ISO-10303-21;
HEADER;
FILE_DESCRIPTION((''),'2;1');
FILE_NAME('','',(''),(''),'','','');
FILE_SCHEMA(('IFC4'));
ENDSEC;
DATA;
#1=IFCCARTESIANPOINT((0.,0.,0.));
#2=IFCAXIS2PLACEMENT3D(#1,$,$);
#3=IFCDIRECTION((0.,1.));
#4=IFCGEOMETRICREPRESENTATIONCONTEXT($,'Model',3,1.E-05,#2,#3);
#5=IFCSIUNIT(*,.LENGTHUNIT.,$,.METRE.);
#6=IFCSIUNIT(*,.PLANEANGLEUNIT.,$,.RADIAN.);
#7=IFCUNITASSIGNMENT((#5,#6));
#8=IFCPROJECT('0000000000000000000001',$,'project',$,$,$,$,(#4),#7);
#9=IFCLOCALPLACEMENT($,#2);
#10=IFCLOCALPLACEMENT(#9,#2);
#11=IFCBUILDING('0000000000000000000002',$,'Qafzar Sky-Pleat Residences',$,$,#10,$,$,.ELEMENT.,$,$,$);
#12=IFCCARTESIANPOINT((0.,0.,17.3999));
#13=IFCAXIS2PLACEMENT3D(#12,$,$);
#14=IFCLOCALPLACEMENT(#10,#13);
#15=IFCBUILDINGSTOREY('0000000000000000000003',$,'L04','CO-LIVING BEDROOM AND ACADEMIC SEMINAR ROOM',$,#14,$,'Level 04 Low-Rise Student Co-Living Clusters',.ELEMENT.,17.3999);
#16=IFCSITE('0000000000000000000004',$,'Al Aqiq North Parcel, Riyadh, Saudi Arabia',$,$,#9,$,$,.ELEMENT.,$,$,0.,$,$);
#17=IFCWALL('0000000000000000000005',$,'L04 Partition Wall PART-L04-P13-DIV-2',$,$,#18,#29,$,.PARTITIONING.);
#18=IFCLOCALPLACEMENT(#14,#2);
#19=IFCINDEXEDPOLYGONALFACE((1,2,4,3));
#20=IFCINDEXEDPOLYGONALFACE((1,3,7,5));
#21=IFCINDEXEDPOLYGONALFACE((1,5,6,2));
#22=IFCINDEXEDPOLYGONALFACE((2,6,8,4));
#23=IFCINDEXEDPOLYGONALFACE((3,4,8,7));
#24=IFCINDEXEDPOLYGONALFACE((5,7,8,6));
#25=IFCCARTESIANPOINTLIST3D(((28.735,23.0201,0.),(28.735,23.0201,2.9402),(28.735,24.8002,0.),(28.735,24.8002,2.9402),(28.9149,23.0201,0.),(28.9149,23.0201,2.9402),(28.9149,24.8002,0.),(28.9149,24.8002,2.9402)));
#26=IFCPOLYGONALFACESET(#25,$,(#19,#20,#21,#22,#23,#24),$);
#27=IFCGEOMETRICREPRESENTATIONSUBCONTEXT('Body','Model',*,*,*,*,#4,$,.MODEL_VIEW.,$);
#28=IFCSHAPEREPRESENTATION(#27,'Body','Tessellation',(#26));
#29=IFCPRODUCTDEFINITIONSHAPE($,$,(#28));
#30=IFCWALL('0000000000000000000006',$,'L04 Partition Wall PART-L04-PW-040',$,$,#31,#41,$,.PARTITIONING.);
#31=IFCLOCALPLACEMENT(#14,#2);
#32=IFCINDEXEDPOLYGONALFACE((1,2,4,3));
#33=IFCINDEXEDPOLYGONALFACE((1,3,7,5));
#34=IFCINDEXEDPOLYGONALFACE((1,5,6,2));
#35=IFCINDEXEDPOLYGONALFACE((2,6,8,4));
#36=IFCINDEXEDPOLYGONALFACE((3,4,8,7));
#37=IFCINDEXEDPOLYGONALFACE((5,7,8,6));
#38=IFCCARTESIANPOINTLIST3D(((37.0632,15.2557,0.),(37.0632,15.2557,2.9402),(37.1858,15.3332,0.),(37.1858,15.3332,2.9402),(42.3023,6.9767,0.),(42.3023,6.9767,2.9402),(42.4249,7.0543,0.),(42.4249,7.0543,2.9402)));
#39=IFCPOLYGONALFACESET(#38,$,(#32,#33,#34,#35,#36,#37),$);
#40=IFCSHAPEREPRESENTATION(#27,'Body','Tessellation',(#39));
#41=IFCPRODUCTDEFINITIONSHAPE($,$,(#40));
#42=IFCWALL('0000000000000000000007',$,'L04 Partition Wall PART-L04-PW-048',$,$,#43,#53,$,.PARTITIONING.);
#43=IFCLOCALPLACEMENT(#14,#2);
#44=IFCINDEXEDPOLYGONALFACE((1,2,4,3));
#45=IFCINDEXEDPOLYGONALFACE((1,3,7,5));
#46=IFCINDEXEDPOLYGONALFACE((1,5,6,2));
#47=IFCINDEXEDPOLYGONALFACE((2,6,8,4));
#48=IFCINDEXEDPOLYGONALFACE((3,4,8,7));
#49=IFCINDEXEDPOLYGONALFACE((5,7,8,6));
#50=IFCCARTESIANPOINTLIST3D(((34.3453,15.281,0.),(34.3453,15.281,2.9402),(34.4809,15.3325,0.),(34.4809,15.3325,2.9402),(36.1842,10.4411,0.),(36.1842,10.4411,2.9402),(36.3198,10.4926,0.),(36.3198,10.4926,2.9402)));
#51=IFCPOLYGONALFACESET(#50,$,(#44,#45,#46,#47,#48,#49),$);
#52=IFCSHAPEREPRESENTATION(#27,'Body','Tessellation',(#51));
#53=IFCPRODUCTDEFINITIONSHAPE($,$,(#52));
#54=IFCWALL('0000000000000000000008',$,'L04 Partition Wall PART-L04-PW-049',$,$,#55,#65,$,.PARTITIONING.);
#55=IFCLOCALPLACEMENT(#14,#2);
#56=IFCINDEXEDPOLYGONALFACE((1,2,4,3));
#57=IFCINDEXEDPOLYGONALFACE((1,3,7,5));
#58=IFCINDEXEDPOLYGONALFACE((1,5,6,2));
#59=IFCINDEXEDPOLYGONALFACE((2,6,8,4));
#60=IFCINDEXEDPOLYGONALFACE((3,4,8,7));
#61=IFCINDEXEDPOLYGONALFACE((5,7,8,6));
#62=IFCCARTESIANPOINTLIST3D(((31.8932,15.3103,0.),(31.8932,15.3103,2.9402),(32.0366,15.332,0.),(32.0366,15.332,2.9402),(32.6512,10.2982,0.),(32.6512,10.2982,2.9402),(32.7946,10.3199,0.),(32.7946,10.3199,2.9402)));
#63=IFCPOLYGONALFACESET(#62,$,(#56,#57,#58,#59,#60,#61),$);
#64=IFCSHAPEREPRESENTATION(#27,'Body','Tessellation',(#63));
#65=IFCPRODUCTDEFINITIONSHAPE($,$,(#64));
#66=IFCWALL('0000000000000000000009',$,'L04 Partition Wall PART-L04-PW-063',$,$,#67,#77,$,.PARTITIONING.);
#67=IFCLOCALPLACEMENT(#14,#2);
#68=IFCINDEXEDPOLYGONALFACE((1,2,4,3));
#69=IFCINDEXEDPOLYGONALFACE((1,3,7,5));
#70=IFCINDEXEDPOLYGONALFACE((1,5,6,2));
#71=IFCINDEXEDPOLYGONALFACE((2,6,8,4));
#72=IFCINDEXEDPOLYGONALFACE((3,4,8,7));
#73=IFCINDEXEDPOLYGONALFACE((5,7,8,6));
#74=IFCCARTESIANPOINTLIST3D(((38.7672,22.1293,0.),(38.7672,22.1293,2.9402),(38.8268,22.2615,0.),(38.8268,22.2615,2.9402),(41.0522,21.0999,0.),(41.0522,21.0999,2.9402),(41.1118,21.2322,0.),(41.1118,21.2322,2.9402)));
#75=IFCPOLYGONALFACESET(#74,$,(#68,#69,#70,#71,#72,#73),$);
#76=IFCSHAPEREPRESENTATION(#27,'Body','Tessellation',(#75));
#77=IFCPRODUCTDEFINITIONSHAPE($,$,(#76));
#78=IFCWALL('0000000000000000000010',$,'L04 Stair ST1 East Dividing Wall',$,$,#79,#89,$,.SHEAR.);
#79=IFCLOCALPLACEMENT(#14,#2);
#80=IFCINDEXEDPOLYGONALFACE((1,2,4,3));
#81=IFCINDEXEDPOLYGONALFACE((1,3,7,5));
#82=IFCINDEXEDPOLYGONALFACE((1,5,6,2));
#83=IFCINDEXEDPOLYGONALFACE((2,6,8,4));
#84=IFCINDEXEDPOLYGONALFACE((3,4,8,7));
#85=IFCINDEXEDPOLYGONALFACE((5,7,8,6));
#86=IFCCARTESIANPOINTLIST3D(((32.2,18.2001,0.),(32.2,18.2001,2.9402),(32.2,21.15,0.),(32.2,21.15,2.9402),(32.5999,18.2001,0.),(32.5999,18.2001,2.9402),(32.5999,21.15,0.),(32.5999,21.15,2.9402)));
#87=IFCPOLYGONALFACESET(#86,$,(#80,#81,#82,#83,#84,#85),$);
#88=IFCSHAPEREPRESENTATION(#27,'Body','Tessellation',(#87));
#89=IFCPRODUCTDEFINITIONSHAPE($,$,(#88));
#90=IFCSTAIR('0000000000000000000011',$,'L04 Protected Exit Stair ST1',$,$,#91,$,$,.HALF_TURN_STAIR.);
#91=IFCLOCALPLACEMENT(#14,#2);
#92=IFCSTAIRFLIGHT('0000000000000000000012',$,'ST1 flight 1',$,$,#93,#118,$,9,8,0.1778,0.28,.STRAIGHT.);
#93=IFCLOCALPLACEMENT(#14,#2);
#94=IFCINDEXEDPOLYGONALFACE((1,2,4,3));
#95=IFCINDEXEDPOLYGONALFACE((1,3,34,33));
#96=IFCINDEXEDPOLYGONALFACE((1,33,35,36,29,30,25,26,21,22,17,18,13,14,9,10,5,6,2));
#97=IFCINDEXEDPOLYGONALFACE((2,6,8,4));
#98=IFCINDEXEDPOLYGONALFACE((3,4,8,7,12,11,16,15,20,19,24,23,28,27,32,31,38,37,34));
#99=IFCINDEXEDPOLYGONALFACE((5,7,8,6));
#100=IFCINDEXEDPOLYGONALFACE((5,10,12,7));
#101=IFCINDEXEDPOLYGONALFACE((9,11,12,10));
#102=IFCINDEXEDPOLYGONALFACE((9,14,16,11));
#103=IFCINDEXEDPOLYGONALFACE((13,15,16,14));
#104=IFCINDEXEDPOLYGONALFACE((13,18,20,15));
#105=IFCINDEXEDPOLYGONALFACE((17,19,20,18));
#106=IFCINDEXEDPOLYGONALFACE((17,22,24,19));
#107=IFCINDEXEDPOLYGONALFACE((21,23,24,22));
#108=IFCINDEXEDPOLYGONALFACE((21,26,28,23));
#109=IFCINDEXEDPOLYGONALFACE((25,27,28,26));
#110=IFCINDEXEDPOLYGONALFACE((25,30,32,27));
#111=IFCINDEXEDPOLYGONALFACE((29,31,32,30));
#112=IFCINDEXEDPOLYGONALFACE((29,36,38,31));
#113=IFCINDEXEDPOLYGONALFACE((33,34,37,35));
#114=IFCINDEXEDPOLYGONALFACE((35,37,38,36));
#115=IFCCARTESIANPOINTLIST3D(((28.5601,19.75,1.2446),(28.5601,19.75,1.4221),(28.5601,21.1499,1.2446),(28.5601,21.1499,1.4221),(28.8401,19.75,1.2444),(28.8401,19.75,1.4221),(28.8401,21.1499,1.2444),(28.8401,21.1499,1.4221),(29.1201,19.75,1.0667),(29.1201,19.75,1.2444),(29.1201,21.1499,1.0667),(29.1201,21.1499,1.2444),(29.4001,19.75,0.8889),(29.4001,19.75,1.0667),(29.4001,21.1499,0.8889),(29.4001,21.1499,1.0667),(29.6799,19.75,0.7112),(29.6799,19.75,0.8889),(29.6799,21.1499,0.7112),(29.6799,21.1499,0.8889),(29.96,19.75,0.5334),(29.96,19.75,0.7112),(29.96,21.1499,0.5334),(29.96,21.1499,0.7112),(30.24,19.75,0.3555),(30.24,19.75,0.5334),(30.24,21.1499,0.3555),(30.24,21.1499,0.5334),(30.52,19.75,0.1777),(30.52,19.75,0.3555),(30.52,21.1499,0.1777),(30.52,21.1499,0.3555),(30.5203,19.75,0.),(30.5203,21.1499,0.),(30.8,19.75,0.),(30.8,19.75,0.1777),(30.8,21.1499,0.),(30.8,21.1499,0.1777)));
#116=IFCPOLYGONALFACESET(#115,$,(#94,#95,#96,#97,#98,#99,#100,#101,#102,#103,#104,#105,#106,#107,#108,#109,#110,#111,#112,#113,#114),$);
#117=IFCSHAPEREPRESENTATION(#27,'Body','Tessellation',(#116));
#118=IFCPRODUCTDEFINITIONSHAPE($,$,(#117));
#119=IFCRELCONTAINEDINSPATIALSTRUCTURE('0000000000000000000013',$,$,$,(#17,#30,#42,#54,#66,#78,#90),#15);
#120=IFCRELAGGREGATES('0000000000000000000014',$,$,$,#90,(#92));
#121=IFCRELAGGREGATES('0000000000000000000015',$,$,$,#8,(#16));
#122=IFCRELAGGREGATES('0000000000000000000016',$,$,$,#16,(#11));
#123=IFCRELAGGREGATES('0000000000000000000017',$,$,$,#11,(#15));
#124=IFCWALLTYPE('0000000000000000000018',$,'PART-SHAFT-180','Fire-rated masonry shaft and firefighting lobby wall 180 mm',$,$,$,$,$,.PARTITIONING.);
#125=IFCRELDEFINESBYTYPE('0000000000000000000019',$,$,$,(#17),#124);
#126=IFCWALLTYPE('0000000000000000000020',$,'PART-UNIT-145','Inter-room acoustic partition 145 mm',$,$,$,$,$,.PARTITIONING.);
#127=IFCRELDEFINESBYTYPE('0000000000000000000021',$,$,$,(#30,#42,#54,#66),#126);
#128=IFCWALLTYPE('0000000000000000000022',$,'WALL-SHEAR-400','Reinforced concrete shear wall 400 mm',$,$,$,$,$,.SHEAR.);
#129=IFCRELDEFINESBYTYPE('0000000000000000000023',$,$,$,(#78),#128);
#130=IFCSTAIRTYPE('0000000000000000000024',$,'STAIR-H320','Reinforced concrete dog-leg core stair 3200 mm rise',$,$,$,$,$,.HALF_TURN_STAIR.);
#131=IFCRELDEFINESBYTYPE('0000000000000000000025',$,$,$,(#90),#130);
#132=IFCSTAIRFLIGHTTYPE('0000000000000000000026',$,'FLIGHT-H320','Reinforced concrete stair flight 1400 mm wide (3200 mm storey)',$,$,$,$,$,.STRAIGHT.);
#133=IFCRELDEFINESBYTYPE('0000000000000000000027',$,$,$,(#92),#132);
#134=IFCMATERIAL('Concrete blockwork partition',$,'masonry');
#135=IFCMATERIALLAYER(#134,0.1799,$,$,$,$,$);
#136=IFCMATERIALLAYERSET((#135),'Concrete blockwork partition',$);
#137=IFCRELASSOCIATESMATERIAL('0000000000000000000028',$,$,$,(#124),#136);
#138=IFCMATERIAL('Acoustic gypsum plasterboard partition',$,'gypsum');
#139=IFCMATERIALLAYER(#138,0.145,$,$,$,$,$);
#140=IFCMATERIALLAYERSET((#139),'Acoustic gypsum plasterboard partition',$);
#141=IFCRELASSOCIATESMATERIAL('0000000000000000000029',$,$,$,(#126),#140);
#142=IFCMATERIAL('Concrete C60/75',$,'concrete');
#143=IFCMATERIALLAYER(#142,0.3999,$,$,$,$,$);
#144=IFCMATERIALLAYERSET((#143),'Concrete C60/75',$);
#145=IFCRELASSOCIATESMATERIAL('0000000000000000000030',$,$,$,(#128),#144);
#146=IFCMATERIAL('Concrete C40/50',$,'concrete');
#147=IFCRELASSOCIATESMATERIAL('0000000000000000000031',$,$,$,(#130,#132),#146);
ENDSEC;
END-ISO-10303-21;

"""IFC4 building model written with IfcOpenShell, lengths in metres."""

from ifc_helpers import new_model, si_unit, direction, frame, frame_2d, origin, place, context, subcontext, project, spatial, polyline, rectangle, outline, extrude, source, transform, mapped, material, layer, layer_set, type_object, element, aggregate, save


model = new_model("IFC4")

# Units and contexts
model_context = context("Model", 3, precision=1e-05, world=origin(), true_north=direction((0.0, 1.0)))
body_context = subcontext(model_context, "Body", "Model", "MODEL_VIEW")
ifc_project = project(units=[si_unit("LENGTHUNIT", "METRE"), si_unit("PLANEANGLEUNIT", "RADIAN")], contexts=[model_context])

# Site, building, storey
site_placement = place(None, origin())
site = spatial("IfcSite", under=ifc_project, at=site_placement, Name="Al Aqiq North Parcel, Riyadh, Saudi Arabia", CompositionType="ELEMENT", RefElevation=0.0)
building_placement = place(site_placement, origin())
building = spatial("IfcBuilding", under=site, at=building_placement, Name="Qafzar Sky-Pleat Residences", CompositionType="ELEMENT")
storey_placement = place(building_placement, frame((0.0, 0.0, 17.3999)))
storey = spatial("IfcBuildingStorey", under=building, at=storey_placement, Name="L04", Description="CO-LIVING BEDROOM AND ACADEMIC SEMINAR ROOM", LongName="Level 04 Low-Rise Student Co-Living Clusters", CompositionType="ELEMENT", Elevation=17.3999)

# Shared definitions
ifc_material_1 = material(Name="Acoustic gypsum plasterboard partition", Category="gypsum")
ifc_material_2 = material(Name="Concrete blockwork partition", Category="masonry")
ifc_layer_1 = layer(ifc_material_2, 0.1799)
ifc_layer_set_1 = layer_set([ifc_layer_1], Name="Concrete blockwork partition")
wall_type_1 = type_object("IfcWallType", Name="PART-SHAFT-180", Description="Fire-rated masonry shaft and firefighting lobby wall 180 mm", PredefinedType="PARTITIONING", material=ifc_layer_set_1)

# Walls
wall_1_placement = place(storey_placement, frame((28.825, 23.02, 0.0), z_axis=(0.0, 0.0, 1.0), x_axis=(0.0, 1.0, 0.0)))
element("IfcWall", 1, at=wall_1_placement, inside=storey, type_object=wall_type_1, Name="L04 Partition Wall PART-L04-P13-DIV-2", PredefinedType="PARTITIONING", context=body_context, shape_type="SweptSolid", body=[
    extrude(rectangle(XDim=1.78, YDim=0.1799, at=frame_2d((0.8901, 0.0))), origin(), (0.0, 0.0, 1.0), 2.9402),
])
ifc_layer_2 = layer(ifc_material_1, 0.145)
ifc_layer_set_2 = layer_set([ifc_layer_2], Name="Acoustic gypsum plasterboard partition")
wall_type_2 = type_object("IfcWallType", Name="PART-UNIT-145", Description="Inter-room acoustic partition 145 mm", PredefinedType="PARTITIONING", material=ifc_layer_set_2)
wall_2_placement = place(storey_placement, frame((37.1245, 15.2944, 0.0), z_axis=(0.0, 0.0, 1.0), x_axis=(0.534744, -0.845014, 0.0)))
element("IfcWall", 2, at=wall_2_placement, inside=storey, type_object=wall_type_2, Name="L04 Partition Wall PART-L04-PW-040", PredefinedType="PARTITIONING", context=body_context, shape_type="SweptSolid", body=[
    extrude(rectangle(XDim=9.7974, YDim=0.145, at=frame_2d((4.8987, 0.0))), origin(), (0.0, 0.0, 1.0), 2.9402),
])
wall_3_placement = place(storey_placement, frame((34.4131, 15.3069, 0.0), z_axis=(0.0, 0.0, 1.0), x_axis=(0.355172, -0.934801, 0.0)))
element("IfcWall", 3, at=wall_3_placement, inside=storey, type_object=wall_type_2, Name="L04 Partition Wall PART-L04-PW-048", PredefinedType="PARTITIONING", context=body_context, shape_type="SweptSolid", body=[
    extrude(rectangle(XDim=5.1775, YDim=0.145, at=frame_2d((2.5889, 0.0))), origin(), (0.0, 0.0, 1.0), 2.9402),
])
wall_4_placement = place(storey_placement, frame((31.9648, 15.3213, 0.0), z_axis=(0.0, 0.0, 1.0), x_axis=(0.149541, -0.988755, 0.0)))
element("IfcWall", 4, at=wall_4_placement, inside=storey, type_object=wall_type_2, Name="L04 Partition Wall PART-L04-PW-049", PredefinedType="PARTITIONING", context=body_context, shape_type="SweptSolid", body=[
    extrude(rectangle(XDim=5.0691, YDim=0.145, at=frame_2d((2.5347, 0.0))), origin(), (0.0, 0.0, 1.0), 2.9402),
])
wall_5_placement = place(storey_placement, frame((38.7971, 22.1953, 0.0), z_axis=(0.0, 0.0, 1.0), x_axis=(0.911759, -0.410725, 0.0)))
element("IfcWall", 5, at=wall_5_placement, inside=storey, type_object=wall_type_2, Name="L04 Partition Wall PART-L04-PW-063", PredefinedType="PARTITIONING", context=body_context, shape_type="SweptSolid", body=[
    extrude(rectangle(XDim=2.5061, YDim=0.145, at=frame_2d((1.2529, 0.0))), origin(), (0.0, 0.0, 1.0), 2.9402),
])
ifc_material_3 = material(Name="Concrete C60/75", Category="concrete")
ifc_layer_3 = layer(ifc_material_3, 0.3999)
ifc_layer_set_3 = layer_set([ifc_layer_3], Name="Concrete C60/75")
wall_type_3 = type_object("IfcWallType", Name="WALL-SHEAR-400", Description="Reinforced concrete shear wall 400 mm", PredefinedType="SHEAR", material=ifc_layer_set_3)
wall_6_placement = place(storey_placement, frame((32.3999, 18.2, 0.0), z_axis=(0.0, 0.0, 1.0), x_axis=(0.0, 1.0, 0.0)))
element("IfcWall", 6, at=wall_6_placement, inside=storey, type_object=wall_type_3, Name="L04 Stair ST1 East Dividing Wall", PredefinedType="SHEAR", context=body_context, shape_type="SweptSolid", body=[
    extrude(rectangle(XDim=2.95, YDim=0.3999, at=frame_2d((1.4751, 0.0))), origin(), (0.0, 0.0, 1.0), 2.9402),
])

# Stair, stair flight
ifc_material_4 = material(Name="Concrete C40/50", Category="concrete")
stair_type = type_object("IfcStairType", Name="STAIR-H320", Description="Reinforced concrete dog-leg core stair 3200 mm rise", PredefinedType="HALF_TURN_STAIR", material=ifc_material_4)
stair_placement = place(storey_placement, origin())
stair = element("IfcStair", 7, at=stair_placement, inside=storey, type_object=stair_type, Name="L04 Protected Exit Stair ST1", PredefinedType="HALF_TURN_STAIR")
stair_flight_type = type_object("IfcStairFlightType", Name="FLIGHT-H320", Description="Reinforced concrete stair flight 1400 mm wide (3200 mm storey)", PredefinedType="STRAIGHT", material=ifc_material_4)
shared_shape_1 = source(origin(), body_context, "Body", "SweptSolid", [
    extrude(outline(polyline([(0.0, 0.0), (0.0, 0.1777), (0.28, 0.1777), (0.28, 0.3555), (0.5601, 0.3555), (0.5601, 0.5334), (0.8401, 0.5334), (0.8401, 0.7112), (1.1201, 0.7112), (1.1201, 0.8889), (1.3999, 0.8889), (1.3999, 1.0667), (1.6799, 1.0667), (1.6799, 1.2444), (1.96, 1.2444), (1.96, 1.4221), (2.24, 1.4221), (2.24, 1.6001), (2.24, 1.2446), (0.2798, 0.0), (0.0, 0.0)])), frame((0.0, 0.7, 0.0), z_axis=(0.0, -1.0, 0.0), x_axis=(1.0, 0.0, 0.0)), (0.0, 0.0, 1.0), 1.3999),
])
stair_flight_placement = place(storey_placement, frame((30.8, 20.45, 0.0), z_axis=(0.0, 0.0, 1.0), x_axis=(-1.0, 0.0, 0.0)))
stair_flight = element("IfcStairFlight", 8, at=stair_flight_placement, type_object=stair_flight_type, Name="ST1 flight 1", NumberOfRisers=9, NumberOfTreads=8, PredefinedType="STRAIGHT", RiserHeight=0.1778, TreadLength=0.28, context=body_context, shape_type="MappedRepresentation", body=[
    mapped(shared_shape_1, transform((0.0, 0.0, 0.0), x_axis=(1.0, 0.0, 0.0), y_axis=(0.0, 1.0, 0.0), z_axis=(0.0, 0.0, 1.0), scale=1.0)),
])
aggregate(stair, [stair_flight])

save(model, "model.ifc")
